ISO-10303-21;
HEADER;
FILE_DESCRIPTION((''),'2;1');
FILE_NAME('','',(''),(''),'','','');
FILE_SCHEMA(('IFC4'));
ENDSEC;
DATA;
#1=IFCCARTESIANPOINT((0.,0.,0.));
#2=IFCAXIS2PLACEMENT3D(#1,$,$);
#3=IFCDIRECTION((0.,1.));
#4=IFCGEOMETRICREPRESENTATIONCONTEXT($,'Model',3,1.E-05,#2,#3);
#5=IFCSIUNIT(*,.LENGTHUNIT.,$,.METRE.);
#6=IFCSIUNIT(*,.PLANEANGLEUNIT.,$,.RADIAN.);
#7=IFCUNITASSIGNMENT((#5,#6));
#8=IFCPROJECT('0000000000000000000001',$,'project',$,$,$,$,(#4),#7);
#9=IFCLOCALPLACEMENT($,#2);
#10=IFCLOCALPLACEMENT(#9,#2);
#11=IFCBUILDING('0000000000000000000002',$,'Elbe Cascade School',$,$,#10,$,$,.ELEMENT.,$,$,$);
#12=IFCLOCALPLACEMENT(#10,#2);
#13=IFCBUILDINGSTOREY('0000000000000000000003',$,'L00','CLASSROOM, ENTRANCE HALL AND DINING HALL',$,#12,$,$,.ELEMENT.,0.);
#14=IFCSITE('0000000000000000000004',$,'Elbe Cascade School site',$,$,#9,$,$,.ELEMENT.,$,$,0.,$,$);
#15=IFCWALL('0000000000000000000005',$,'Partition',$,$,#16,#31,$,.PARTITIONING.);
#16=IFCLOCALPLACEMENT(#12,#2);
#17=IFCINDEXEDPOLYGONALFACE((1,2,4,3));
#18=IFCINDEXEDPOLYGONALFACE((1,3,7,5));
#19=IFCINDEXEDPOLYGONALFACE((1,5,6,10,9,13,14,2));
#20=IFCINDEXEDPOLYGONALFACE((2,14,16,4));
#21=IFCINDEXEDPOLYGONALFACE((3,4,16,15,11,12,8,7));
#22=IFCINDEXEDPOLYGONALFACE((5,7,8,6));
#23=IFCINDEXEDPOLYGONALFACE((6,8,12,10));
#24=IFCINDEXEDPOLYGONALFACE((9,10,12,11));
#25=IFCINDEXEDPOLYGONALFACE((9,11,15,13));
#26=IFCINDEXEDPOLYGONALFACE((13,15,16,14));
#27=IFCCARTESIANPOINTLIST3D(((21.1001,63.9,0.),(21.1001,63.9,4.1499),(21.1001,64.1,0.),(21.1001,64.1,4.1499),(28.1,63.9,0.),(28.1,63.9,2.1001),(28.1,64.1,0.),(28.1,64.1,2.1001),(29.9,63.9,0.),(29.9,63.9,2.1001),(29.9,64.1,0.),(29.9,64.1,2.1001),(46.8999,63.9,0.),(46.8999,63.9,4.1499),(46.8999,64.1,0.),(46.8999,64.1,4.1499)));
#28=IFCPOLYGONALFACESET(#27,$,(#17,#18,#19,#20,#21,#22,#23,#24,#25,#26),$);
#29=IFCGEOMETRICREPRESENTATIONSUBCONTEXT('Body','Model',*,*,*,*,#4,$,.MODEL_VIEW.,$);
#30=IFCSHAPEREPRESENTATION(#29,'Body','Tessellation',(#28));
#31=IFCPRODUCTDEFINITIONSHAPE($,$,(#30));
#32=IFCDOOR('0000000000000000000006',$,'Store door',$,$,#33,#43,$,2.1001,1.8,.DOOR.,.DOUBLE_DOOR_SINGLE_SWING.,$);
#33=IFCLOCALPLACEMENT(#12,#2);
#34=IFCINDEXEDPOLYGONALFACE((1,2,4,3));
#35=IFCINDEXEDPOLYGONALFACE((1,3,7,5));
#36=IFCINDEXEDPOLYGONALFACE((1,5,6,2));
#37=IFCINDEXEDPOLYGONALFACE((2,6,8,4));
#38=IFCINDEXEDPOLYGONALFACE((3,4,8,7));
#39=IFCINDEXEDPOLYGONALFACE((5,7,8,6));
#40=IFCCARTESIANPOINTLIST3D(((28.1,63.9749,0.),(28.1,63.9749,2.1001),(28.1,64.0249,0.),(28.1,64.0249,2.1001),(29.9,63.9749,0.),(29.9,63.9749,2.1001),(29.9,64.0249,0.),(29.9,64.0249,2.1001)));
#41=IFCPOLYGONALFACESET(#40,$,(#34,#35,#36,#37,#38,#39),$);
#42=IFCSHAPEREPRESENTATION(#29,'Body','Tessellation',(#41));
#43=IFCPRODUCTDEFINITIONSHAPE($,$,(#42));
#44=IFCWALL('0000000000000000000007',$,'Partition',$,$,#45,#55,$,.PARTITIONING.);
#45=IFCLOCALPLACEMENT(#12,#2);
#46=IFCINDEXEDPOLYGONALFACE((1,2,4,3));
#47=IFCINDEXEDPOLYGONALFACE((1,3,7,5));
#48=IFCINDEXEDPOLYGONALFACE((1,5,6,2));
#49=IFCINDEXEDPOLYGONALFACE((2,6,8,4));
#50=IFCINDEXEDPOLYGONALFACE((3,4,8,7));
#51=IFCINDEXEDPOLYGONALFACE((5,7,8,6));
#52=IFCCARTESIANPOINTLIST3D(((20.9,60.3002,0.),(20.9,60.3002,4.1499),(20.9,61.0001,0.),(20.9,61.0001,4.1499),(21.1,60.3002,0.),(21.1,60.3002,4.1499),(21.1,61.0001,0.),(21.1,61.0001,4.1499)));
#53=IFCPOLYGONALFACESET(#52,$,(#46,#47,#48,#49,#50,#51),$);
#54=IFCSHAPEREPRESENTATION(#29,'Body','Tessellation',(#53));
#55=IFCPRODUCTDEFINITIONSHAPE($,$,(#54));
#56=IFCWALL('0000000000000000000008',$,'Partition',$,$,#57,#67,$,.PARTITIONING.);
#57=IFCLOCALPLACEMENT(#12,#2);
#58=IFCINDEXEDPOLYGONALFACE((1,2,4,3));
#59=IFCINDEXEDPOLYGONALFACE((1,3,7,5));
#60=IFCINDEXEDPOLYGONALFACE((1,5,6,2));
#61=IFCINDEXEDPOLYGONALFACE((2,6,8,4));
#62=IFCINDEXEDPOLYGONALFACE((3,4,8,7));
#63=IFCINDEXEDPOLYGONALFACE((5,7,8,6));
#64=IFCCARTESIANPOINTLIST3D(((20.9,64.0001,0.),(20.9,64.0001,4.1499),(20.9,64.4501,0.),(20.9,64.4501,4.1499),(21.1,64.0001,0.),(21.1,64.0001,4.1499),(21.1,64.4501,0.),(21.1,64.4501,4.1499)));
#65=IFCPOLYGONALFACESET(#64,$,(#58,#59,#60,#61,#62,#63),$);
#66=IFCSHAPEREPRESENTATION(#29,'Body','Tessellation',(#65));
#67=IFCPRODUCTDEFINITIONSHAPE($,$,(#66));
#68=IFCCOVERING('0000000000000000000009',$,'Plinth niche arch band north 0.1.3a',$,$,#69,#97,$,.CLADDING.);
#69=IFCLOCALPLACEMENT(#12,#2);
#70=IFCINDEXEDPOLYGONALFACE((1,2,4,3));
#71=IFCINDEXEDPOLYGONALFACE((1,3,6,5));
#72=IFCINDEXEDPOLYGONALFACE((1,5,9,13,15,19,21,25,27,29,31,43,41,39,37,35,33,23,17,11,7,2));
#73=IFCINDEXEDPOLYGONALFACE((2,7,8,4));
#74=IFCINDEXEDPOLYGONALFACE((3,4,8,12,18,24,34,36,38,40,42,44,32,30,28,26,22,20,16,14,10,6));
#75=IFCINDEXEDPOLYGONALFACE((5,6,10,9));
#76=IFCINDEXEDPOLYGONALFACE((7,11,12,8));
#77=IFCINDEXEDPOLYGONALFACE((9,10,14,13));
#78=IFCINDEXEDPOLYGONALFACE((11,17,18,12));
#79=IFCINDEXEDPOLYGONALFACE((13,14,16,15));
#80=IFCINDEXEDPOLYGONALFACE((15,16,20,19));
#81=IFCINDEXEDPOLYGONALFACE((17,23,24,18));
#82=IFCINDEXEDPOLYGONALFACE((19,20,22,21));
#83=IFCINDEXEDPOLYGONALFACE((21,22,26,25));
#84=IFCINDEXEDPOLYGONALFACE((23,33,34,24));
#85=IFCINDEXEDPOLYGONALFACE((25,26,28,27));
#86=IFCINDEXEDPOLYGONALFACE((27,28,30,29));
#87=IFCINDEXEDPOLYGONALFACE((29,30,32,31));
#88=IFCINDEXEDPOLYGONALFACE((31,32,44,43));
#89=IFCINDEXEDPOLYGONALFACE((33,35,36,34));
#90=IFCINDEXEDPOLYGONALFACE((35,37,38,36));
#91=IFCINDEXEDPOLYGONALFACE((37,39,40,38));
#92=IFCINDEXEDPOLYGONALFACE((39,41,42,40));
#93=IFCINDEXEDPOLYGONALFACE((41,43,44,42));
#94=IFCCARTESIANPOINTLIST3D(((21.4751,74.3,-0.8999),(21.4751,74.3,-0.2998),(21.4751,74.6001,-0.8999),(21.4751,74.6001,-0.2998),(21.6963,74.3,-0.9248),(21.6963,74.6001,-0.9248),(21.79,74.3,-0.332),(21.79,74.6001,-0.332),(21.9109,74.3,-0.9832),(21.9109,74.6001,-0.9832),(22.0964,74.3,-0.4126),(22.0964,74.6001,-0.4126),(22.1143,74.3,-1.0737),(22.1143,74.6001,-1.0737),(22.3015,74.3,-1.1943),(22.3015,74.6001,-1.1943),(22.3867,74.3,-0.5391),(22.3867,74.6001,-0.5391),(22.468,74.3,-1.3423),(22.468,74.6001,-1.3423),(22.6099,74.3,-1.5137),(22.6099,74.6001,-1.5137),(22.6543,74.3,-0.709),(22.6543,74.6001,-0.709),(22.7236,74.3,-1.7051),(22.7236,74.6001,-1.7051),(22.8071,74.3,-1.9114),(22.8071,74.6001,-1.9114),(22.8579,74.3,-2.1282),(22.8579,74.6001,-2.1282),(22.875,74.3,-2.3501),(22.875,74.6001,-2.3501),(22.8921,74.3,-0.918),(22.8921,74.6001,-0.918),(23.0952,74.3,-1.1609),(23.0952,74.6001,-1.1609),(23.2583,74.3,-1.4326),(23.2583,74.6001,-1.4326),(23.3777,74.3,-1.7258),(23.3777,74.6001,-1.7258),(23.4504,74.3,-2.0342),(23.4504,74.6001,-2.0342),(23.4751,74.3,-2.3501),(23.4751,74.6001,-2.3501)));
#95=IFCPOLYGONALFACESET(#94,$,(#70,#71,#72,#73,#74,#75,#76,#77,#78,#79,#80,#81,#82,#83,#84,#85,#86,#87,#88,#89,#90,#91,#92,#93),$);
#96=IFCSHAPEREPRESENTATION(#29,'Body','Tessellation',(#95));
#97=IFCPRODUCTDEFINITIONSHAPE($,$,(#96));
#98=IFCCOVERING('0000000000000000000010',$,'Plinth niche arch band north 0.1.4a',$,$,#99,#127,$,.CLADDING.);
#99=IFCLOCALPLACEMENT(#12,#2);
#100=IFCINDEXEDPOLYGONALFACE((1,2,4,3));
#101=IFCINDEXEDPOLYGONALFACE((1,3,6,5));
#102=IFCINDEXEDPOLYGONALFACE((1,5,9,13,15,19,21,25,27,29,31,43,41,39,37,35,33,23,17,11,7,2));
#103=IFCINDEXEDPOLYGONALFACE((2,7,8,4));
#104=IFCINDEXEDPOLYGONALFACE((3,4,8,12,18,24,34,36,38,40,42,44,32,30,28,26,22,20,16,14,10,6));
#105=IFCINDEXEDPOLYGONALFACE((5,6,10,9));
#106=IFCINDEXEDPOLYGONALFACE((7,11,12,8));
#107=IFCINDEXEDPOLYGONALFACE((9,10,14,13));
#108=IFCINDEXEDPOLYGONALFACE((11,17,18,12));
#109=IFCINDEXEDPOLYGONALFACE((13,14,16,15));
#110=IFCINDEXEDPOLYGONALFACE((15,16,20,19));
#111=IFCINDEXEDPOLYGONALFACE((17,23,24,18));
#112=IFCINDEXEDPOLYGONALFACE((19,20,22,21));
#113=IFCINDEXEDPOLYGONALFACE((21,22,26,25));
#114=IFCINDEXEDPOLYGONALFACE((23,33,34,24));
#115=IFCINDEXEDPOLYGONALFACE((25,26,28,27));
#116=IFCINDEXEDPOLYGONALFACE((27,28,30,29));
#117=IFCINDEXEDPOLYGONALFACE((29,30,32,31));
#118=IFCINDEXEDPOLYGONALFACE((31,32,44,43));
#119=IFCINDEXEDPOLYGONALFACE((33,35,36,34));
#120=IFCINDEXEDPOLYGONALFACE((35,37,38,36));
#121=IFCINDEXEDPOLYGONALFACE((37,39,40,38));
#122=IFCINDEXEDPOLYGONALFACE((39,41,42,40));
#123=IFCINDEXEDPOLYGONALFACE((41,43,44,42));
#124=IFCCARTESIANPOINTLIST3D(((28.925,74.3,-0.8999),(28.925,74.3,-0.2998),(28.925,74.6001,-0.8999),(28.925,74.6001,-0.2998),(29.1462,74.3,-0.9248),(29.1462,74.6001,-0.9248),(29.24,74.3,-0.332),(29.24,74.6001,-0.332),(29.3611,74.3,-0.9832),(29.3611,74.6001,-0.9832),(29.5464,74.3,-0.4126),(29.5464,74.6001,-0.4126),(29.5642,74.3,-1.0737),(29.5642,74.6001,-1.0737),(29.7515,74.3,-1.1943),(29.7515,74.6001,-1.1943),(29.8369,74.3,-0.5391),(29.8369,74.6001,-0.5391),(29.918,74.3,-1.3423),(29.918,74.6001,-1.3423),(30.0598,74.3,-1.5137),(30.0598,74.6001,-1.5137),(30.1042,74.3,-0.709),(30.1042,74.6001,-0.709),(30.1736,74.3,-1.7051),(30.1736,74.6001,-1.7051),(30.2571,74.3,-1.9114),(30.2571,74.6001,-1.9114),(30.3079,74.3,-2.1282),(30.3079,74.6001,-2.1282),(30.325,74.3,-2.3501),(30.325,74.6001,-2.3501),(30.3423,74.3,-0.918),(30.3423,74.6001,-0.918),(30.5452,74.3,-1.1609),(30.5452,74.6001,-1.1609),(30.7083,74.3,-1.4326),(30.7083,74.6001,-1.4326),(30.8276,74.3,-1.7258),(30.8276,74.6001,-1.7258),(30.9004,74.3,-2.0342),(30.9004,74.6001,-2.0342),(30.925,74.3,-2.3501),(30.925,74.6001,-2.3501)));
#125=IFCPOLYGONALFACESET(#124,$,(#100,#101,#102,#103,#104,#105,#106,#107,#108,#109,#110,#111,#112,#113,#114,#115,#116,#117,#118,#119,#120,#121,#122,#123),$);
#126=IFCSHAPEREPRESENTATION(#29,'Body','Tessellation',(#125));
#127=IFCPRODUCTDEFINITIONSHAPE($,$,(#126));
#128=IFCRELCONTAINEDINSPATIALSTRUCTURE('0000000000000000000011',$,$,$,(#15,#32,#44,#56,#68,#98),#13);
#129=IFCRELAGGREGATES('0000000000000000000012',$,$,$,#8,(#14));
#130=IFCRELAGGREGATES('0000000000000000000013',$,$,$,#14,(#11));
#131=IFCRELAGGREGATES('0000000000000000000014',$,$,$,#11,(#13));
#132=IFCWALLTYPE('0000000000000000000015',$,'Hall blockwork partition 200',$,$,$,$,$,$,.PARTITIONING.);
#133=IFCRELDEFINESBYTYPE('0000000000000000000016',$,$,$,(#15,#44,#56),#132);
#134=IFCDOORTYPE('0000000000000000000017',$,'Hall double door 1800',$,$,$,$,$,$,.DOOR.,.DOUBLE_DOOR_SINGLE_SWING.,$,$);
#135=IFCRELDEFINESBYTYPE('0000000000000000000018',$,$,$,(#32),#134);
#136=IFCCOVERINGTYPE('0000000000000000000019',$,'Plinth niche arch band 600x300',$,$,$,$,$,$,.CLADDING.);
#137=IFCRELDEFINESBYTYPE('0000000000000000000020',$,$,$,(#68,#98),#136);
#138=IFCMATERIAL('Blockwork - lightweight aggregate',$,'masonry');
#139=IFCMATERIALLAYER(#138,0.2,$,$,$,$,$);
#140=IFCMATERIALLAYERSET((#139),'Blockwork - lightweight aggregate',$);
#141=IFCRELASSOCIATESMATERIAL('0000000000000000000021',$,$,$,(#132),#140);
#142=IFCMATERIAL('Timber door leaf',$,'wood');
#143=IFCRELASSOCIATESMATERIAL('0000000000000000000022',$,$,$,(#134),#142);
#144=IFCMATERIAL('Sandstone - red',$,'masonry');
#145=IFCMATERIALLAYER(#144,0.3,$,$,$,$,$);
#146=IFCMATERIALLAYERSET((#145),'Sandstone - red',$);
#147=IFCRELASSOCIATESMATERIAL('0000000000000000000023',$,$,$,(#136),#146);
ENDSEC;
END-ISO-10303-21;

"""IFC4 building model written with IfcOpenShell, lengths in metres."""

from ifc_helpers import new_model, si_unit, direction, frame, frame_2d, origin, place, context, subcontext, project, spatial, polyline, rectangle, outline, extrude, material, layer, layer_set, type_object, element, fill, save


model = new_model("IFC4")

# Units and contexts
model_context = context("Model", 3, precision=1e-05, world=origin(), true_north=direction((0.0, 1.0)))
body_context = subcontext(model_context, "Body", "Model", "MODEL_VIEW")
ifc_project = project(units=[si_unit("LENGTHUNIT", "METRE"), si_unit("PLANEANGLEUNIT", "RADIAN")], contexts=[model_context])

# Site, building, storey
site_placement = place(None, origin())
site = spatial("IfcSite", under=ifc_project, at=site_placement, Name="Elbe Cascade School site", CompositionType="ELEMENT", RefElevation=0.0)
building_placement = place(site_placement, origin())
building = spatial("IfcBuilding", under=site, at=building_placement, Name="Elbe Cascade School", CompositionType="ELEMENT")
storey_placement = place(building_placement, origin())
storey = spatial("IfcBuildingStorey", under=building, at=storey_placement, Name="L00", Description="CLASSROOM, ENTRANCE HALL AND DINING HALL", CompositionType="ELEMENT", Elevation=0.0)

# Shared definitions
ifc_material_1 = material(Name="Blockwork - lightweight aggregate", Category="masonry")
ifc_layer_1 = layer(ifc_material_1, 0.2)
ifc_layer_set_1 = layer_set([ifc_layer_1], Name="Blockwork - lightweight aggregate")
wall_type = type_object("IfcWallType", Name="Hall blockwork partition 200", PredefinedType="PARTITIONING", material=ifc_layer_set_1)

# Wall, opening, door
wall_1_placement = place(storey_placement, frame((21.1001, 64.0, 0.0), z_axis=(0.0, 0.0, 1.0), x_axis=(1.0, 0.0, 0.0)))
wall_1 = element("IfcWall", 1, at=wall_1_placement, inside=storey, type_object=wall_type, Name="Partition", PredefinedType="PARTITIONING", context=body_context, shape_type="SweptSolid", body=[
    extrude(rectangle(XDim=25.7998, YDim=0.2, at=frame_2d((12.8999, 0.0))), origin(), (0.0, 0.0, 1.0), 4.1499),
])
opening_placement = place(wall_1_placement, frame((7.0, 0.0, 0.0)))
opening = element("IfcOpeningElement", 2, at=opening_placement, cuts=wall_1, PredefinedType="OPENING", context=body_context, shape_type="SweptSolid", body=[
    extrude(rectangle(XDim=1.8, YDim=2.1001, at=frame_2d((0.8999, 1.05))), frame((0.0, 0.1099, 0.0), z_axis=(0.0, -1.0, 0.0), x_axis=(1.0, 0.0, 0.0)), (0.0, 0.0, 1.0), 0.22),
])
ifc_material_2 = material(Name="Timber door leaf", Category="wood")
door_type = type_object("IfcDoorType", Name="Hall double door 1800", OperationType="DOUBLE_DOOR_SINGLE_SWING", PredefinedType="DOOR", material=ifc_material_2)
door_placement = place(opening_placement, origin())
door = element("IfcDoor", 3, at=door_placement, inside=storey, type_object=door_type, Name="Store door", OperationType="DOUBLE_DOOR_SINGLE_SWING", OverallHeight=2.1001, OverallWidth=1.8, PredefinedType="DOOR", context=body_context, shape_type="SweptSolid", body=[
    extrude(rectangle(XDim=1.8, YDim=2.1001, at=frame_2d((0.8999, 1.05))), frame((0.0, 0.0249, 0.0), z_axis=(0.0, -1.0, 0.0), x_axis=(1.0, 0.0, 0.0)), (0.0, 0.0, 1.0), 0.05),
])
fill(opening, door)

# Walls
wall_2_placement = place(storey_placement, frame((21.0, 60.3, 0.0), z_axis=(0.0, 0.0, 1.0), x_axis=(0.0, 1.0, 0.0)))
element("IfcWall", 4, at=wall_2_placement, inside=storey, type_object=wall_type, Name="Partition", PredefinedType="PARTITIONING", context=body_context, shape_type="SweptSolid", body=[
    extrude(rectangle(XDim=0.7, YDim=0.2, at=frame_2d((0.3501, 0.0))), origin(), (0.0, 0.0, 1.0), 4.1499),
])
wall_3_placement = place(storey_placement, frame((21.0, 64.0, 0.0), z_axis=(0.0, 0.0, 1.0), x_axis=(0.0, 1.0, 0.0)))
element("IfcWall", 5, at=wall_3_placement, inside=storey, type_object=wall_type, Name="Partition", PredefinedType="PARTITIONING", context=body_context, shape_type="SweptSolid", body=[
    extrude(rectangle(XDim=0.45, YDim=0.2, at=frame_2d((0.2251, 0.0))), origin(), (0.0, 0.0, 1.0), 4.1499),
])

# Coverings
ifc_material_3 = material(Name="Sandstone - red", Category="masonry")
ifc_layer_2 = layer(ifc_material_3, 0.3)
ifc_layer_set_2 = layer_set([ifc_layer_2], Name="Sandstone - red")
covering_type = type_object("IfcCoveringType", Name="Plinth niche arch band 600x300", PredefinedType="CLADDING", material=ifc_layer_set_2)
covering_1_placement = place(storey_placement, frame((23.4751, 74.6001, -2.3501), z_axis=(0.0, 1.0, 0.0), x_axis=(-1.0, 0.0, 0.0)))
element("IfcCovering", 6, at=covering_1_placement, inside=storey, type_object=covering_type, Name="Plinth niche arch band north 0.1.3a", PredefinedType="CLADDING", context=body_context, shape_type="SweptSolid", body=[
    extrude(outline(polyline([(0.0, 0.0), (0.6001, 0.0), (0.6172, 0.2219), (0.668, 0.4387), (0.7515, 0.645), (0.8652, 0.8364), (1.0071, 1.0078), (1.1736, 1.1558), (1.3608, 1.2764), (1.5642, 1.3669), (1.7788, 1.4253), (2.0, 1.4502), (2.0, 2.0503), (1.6851, 2.0181), (1.3787, 1.9375), (1.0884, 1.811), (0.8208, 1.6411), (0.583, 1.4321), (0.3799, 1.1892), (0.2168, 0.9175), (0.0974, 0.6243), (0.0247, 0.3159), (0.0, 0.0)])), origin(), (0.0, 0.0, -1.0), 0.3),
])
covering_2_placement = place(storey_placement, frame((30.925, 74.6001, -2.3501), z_axis=(0.0, 1.0, 0.0), x_axis=(-1.0, 0.0, 0.0)))
element("IfcCovering", 7, at=covering_2_placement, inside=storey, type_object=covering_type, Name="Plinth niche arch band north 0.1.4a", PredefinedType="CLADDING", context=body_context, shape_type="SweptSolid", body=[
    extrude(outline(polyline([(0.0, 0.0), (0.6001, 0.0), (0.6172, 0.2219), (0.668, 0.4387), (0.7515, 0.645), (0.8652, 0.8364), (1.0071, 1.0078), (1.1736, 1.1558), (1.3608, 1.2764), (1.564, 1.3669), (1.7788, 1.4253), (2.0, 1.4502), (2.0, 2.0503), (1.6851, 2.0181), (1.3787, 1.9375), (1.0881, 1.811), (0.8208, 1.6411), (0.5828, 1.4321), (0.3799, 1.1892), (0.2168, 0.9175), (0.0974, 0.6243), (0.0247, 0.3159), (0.0, 0.0)])), origin(), (0.0, 0.0, -1.0), 0.3),
])

save(model, "model.ifc")
